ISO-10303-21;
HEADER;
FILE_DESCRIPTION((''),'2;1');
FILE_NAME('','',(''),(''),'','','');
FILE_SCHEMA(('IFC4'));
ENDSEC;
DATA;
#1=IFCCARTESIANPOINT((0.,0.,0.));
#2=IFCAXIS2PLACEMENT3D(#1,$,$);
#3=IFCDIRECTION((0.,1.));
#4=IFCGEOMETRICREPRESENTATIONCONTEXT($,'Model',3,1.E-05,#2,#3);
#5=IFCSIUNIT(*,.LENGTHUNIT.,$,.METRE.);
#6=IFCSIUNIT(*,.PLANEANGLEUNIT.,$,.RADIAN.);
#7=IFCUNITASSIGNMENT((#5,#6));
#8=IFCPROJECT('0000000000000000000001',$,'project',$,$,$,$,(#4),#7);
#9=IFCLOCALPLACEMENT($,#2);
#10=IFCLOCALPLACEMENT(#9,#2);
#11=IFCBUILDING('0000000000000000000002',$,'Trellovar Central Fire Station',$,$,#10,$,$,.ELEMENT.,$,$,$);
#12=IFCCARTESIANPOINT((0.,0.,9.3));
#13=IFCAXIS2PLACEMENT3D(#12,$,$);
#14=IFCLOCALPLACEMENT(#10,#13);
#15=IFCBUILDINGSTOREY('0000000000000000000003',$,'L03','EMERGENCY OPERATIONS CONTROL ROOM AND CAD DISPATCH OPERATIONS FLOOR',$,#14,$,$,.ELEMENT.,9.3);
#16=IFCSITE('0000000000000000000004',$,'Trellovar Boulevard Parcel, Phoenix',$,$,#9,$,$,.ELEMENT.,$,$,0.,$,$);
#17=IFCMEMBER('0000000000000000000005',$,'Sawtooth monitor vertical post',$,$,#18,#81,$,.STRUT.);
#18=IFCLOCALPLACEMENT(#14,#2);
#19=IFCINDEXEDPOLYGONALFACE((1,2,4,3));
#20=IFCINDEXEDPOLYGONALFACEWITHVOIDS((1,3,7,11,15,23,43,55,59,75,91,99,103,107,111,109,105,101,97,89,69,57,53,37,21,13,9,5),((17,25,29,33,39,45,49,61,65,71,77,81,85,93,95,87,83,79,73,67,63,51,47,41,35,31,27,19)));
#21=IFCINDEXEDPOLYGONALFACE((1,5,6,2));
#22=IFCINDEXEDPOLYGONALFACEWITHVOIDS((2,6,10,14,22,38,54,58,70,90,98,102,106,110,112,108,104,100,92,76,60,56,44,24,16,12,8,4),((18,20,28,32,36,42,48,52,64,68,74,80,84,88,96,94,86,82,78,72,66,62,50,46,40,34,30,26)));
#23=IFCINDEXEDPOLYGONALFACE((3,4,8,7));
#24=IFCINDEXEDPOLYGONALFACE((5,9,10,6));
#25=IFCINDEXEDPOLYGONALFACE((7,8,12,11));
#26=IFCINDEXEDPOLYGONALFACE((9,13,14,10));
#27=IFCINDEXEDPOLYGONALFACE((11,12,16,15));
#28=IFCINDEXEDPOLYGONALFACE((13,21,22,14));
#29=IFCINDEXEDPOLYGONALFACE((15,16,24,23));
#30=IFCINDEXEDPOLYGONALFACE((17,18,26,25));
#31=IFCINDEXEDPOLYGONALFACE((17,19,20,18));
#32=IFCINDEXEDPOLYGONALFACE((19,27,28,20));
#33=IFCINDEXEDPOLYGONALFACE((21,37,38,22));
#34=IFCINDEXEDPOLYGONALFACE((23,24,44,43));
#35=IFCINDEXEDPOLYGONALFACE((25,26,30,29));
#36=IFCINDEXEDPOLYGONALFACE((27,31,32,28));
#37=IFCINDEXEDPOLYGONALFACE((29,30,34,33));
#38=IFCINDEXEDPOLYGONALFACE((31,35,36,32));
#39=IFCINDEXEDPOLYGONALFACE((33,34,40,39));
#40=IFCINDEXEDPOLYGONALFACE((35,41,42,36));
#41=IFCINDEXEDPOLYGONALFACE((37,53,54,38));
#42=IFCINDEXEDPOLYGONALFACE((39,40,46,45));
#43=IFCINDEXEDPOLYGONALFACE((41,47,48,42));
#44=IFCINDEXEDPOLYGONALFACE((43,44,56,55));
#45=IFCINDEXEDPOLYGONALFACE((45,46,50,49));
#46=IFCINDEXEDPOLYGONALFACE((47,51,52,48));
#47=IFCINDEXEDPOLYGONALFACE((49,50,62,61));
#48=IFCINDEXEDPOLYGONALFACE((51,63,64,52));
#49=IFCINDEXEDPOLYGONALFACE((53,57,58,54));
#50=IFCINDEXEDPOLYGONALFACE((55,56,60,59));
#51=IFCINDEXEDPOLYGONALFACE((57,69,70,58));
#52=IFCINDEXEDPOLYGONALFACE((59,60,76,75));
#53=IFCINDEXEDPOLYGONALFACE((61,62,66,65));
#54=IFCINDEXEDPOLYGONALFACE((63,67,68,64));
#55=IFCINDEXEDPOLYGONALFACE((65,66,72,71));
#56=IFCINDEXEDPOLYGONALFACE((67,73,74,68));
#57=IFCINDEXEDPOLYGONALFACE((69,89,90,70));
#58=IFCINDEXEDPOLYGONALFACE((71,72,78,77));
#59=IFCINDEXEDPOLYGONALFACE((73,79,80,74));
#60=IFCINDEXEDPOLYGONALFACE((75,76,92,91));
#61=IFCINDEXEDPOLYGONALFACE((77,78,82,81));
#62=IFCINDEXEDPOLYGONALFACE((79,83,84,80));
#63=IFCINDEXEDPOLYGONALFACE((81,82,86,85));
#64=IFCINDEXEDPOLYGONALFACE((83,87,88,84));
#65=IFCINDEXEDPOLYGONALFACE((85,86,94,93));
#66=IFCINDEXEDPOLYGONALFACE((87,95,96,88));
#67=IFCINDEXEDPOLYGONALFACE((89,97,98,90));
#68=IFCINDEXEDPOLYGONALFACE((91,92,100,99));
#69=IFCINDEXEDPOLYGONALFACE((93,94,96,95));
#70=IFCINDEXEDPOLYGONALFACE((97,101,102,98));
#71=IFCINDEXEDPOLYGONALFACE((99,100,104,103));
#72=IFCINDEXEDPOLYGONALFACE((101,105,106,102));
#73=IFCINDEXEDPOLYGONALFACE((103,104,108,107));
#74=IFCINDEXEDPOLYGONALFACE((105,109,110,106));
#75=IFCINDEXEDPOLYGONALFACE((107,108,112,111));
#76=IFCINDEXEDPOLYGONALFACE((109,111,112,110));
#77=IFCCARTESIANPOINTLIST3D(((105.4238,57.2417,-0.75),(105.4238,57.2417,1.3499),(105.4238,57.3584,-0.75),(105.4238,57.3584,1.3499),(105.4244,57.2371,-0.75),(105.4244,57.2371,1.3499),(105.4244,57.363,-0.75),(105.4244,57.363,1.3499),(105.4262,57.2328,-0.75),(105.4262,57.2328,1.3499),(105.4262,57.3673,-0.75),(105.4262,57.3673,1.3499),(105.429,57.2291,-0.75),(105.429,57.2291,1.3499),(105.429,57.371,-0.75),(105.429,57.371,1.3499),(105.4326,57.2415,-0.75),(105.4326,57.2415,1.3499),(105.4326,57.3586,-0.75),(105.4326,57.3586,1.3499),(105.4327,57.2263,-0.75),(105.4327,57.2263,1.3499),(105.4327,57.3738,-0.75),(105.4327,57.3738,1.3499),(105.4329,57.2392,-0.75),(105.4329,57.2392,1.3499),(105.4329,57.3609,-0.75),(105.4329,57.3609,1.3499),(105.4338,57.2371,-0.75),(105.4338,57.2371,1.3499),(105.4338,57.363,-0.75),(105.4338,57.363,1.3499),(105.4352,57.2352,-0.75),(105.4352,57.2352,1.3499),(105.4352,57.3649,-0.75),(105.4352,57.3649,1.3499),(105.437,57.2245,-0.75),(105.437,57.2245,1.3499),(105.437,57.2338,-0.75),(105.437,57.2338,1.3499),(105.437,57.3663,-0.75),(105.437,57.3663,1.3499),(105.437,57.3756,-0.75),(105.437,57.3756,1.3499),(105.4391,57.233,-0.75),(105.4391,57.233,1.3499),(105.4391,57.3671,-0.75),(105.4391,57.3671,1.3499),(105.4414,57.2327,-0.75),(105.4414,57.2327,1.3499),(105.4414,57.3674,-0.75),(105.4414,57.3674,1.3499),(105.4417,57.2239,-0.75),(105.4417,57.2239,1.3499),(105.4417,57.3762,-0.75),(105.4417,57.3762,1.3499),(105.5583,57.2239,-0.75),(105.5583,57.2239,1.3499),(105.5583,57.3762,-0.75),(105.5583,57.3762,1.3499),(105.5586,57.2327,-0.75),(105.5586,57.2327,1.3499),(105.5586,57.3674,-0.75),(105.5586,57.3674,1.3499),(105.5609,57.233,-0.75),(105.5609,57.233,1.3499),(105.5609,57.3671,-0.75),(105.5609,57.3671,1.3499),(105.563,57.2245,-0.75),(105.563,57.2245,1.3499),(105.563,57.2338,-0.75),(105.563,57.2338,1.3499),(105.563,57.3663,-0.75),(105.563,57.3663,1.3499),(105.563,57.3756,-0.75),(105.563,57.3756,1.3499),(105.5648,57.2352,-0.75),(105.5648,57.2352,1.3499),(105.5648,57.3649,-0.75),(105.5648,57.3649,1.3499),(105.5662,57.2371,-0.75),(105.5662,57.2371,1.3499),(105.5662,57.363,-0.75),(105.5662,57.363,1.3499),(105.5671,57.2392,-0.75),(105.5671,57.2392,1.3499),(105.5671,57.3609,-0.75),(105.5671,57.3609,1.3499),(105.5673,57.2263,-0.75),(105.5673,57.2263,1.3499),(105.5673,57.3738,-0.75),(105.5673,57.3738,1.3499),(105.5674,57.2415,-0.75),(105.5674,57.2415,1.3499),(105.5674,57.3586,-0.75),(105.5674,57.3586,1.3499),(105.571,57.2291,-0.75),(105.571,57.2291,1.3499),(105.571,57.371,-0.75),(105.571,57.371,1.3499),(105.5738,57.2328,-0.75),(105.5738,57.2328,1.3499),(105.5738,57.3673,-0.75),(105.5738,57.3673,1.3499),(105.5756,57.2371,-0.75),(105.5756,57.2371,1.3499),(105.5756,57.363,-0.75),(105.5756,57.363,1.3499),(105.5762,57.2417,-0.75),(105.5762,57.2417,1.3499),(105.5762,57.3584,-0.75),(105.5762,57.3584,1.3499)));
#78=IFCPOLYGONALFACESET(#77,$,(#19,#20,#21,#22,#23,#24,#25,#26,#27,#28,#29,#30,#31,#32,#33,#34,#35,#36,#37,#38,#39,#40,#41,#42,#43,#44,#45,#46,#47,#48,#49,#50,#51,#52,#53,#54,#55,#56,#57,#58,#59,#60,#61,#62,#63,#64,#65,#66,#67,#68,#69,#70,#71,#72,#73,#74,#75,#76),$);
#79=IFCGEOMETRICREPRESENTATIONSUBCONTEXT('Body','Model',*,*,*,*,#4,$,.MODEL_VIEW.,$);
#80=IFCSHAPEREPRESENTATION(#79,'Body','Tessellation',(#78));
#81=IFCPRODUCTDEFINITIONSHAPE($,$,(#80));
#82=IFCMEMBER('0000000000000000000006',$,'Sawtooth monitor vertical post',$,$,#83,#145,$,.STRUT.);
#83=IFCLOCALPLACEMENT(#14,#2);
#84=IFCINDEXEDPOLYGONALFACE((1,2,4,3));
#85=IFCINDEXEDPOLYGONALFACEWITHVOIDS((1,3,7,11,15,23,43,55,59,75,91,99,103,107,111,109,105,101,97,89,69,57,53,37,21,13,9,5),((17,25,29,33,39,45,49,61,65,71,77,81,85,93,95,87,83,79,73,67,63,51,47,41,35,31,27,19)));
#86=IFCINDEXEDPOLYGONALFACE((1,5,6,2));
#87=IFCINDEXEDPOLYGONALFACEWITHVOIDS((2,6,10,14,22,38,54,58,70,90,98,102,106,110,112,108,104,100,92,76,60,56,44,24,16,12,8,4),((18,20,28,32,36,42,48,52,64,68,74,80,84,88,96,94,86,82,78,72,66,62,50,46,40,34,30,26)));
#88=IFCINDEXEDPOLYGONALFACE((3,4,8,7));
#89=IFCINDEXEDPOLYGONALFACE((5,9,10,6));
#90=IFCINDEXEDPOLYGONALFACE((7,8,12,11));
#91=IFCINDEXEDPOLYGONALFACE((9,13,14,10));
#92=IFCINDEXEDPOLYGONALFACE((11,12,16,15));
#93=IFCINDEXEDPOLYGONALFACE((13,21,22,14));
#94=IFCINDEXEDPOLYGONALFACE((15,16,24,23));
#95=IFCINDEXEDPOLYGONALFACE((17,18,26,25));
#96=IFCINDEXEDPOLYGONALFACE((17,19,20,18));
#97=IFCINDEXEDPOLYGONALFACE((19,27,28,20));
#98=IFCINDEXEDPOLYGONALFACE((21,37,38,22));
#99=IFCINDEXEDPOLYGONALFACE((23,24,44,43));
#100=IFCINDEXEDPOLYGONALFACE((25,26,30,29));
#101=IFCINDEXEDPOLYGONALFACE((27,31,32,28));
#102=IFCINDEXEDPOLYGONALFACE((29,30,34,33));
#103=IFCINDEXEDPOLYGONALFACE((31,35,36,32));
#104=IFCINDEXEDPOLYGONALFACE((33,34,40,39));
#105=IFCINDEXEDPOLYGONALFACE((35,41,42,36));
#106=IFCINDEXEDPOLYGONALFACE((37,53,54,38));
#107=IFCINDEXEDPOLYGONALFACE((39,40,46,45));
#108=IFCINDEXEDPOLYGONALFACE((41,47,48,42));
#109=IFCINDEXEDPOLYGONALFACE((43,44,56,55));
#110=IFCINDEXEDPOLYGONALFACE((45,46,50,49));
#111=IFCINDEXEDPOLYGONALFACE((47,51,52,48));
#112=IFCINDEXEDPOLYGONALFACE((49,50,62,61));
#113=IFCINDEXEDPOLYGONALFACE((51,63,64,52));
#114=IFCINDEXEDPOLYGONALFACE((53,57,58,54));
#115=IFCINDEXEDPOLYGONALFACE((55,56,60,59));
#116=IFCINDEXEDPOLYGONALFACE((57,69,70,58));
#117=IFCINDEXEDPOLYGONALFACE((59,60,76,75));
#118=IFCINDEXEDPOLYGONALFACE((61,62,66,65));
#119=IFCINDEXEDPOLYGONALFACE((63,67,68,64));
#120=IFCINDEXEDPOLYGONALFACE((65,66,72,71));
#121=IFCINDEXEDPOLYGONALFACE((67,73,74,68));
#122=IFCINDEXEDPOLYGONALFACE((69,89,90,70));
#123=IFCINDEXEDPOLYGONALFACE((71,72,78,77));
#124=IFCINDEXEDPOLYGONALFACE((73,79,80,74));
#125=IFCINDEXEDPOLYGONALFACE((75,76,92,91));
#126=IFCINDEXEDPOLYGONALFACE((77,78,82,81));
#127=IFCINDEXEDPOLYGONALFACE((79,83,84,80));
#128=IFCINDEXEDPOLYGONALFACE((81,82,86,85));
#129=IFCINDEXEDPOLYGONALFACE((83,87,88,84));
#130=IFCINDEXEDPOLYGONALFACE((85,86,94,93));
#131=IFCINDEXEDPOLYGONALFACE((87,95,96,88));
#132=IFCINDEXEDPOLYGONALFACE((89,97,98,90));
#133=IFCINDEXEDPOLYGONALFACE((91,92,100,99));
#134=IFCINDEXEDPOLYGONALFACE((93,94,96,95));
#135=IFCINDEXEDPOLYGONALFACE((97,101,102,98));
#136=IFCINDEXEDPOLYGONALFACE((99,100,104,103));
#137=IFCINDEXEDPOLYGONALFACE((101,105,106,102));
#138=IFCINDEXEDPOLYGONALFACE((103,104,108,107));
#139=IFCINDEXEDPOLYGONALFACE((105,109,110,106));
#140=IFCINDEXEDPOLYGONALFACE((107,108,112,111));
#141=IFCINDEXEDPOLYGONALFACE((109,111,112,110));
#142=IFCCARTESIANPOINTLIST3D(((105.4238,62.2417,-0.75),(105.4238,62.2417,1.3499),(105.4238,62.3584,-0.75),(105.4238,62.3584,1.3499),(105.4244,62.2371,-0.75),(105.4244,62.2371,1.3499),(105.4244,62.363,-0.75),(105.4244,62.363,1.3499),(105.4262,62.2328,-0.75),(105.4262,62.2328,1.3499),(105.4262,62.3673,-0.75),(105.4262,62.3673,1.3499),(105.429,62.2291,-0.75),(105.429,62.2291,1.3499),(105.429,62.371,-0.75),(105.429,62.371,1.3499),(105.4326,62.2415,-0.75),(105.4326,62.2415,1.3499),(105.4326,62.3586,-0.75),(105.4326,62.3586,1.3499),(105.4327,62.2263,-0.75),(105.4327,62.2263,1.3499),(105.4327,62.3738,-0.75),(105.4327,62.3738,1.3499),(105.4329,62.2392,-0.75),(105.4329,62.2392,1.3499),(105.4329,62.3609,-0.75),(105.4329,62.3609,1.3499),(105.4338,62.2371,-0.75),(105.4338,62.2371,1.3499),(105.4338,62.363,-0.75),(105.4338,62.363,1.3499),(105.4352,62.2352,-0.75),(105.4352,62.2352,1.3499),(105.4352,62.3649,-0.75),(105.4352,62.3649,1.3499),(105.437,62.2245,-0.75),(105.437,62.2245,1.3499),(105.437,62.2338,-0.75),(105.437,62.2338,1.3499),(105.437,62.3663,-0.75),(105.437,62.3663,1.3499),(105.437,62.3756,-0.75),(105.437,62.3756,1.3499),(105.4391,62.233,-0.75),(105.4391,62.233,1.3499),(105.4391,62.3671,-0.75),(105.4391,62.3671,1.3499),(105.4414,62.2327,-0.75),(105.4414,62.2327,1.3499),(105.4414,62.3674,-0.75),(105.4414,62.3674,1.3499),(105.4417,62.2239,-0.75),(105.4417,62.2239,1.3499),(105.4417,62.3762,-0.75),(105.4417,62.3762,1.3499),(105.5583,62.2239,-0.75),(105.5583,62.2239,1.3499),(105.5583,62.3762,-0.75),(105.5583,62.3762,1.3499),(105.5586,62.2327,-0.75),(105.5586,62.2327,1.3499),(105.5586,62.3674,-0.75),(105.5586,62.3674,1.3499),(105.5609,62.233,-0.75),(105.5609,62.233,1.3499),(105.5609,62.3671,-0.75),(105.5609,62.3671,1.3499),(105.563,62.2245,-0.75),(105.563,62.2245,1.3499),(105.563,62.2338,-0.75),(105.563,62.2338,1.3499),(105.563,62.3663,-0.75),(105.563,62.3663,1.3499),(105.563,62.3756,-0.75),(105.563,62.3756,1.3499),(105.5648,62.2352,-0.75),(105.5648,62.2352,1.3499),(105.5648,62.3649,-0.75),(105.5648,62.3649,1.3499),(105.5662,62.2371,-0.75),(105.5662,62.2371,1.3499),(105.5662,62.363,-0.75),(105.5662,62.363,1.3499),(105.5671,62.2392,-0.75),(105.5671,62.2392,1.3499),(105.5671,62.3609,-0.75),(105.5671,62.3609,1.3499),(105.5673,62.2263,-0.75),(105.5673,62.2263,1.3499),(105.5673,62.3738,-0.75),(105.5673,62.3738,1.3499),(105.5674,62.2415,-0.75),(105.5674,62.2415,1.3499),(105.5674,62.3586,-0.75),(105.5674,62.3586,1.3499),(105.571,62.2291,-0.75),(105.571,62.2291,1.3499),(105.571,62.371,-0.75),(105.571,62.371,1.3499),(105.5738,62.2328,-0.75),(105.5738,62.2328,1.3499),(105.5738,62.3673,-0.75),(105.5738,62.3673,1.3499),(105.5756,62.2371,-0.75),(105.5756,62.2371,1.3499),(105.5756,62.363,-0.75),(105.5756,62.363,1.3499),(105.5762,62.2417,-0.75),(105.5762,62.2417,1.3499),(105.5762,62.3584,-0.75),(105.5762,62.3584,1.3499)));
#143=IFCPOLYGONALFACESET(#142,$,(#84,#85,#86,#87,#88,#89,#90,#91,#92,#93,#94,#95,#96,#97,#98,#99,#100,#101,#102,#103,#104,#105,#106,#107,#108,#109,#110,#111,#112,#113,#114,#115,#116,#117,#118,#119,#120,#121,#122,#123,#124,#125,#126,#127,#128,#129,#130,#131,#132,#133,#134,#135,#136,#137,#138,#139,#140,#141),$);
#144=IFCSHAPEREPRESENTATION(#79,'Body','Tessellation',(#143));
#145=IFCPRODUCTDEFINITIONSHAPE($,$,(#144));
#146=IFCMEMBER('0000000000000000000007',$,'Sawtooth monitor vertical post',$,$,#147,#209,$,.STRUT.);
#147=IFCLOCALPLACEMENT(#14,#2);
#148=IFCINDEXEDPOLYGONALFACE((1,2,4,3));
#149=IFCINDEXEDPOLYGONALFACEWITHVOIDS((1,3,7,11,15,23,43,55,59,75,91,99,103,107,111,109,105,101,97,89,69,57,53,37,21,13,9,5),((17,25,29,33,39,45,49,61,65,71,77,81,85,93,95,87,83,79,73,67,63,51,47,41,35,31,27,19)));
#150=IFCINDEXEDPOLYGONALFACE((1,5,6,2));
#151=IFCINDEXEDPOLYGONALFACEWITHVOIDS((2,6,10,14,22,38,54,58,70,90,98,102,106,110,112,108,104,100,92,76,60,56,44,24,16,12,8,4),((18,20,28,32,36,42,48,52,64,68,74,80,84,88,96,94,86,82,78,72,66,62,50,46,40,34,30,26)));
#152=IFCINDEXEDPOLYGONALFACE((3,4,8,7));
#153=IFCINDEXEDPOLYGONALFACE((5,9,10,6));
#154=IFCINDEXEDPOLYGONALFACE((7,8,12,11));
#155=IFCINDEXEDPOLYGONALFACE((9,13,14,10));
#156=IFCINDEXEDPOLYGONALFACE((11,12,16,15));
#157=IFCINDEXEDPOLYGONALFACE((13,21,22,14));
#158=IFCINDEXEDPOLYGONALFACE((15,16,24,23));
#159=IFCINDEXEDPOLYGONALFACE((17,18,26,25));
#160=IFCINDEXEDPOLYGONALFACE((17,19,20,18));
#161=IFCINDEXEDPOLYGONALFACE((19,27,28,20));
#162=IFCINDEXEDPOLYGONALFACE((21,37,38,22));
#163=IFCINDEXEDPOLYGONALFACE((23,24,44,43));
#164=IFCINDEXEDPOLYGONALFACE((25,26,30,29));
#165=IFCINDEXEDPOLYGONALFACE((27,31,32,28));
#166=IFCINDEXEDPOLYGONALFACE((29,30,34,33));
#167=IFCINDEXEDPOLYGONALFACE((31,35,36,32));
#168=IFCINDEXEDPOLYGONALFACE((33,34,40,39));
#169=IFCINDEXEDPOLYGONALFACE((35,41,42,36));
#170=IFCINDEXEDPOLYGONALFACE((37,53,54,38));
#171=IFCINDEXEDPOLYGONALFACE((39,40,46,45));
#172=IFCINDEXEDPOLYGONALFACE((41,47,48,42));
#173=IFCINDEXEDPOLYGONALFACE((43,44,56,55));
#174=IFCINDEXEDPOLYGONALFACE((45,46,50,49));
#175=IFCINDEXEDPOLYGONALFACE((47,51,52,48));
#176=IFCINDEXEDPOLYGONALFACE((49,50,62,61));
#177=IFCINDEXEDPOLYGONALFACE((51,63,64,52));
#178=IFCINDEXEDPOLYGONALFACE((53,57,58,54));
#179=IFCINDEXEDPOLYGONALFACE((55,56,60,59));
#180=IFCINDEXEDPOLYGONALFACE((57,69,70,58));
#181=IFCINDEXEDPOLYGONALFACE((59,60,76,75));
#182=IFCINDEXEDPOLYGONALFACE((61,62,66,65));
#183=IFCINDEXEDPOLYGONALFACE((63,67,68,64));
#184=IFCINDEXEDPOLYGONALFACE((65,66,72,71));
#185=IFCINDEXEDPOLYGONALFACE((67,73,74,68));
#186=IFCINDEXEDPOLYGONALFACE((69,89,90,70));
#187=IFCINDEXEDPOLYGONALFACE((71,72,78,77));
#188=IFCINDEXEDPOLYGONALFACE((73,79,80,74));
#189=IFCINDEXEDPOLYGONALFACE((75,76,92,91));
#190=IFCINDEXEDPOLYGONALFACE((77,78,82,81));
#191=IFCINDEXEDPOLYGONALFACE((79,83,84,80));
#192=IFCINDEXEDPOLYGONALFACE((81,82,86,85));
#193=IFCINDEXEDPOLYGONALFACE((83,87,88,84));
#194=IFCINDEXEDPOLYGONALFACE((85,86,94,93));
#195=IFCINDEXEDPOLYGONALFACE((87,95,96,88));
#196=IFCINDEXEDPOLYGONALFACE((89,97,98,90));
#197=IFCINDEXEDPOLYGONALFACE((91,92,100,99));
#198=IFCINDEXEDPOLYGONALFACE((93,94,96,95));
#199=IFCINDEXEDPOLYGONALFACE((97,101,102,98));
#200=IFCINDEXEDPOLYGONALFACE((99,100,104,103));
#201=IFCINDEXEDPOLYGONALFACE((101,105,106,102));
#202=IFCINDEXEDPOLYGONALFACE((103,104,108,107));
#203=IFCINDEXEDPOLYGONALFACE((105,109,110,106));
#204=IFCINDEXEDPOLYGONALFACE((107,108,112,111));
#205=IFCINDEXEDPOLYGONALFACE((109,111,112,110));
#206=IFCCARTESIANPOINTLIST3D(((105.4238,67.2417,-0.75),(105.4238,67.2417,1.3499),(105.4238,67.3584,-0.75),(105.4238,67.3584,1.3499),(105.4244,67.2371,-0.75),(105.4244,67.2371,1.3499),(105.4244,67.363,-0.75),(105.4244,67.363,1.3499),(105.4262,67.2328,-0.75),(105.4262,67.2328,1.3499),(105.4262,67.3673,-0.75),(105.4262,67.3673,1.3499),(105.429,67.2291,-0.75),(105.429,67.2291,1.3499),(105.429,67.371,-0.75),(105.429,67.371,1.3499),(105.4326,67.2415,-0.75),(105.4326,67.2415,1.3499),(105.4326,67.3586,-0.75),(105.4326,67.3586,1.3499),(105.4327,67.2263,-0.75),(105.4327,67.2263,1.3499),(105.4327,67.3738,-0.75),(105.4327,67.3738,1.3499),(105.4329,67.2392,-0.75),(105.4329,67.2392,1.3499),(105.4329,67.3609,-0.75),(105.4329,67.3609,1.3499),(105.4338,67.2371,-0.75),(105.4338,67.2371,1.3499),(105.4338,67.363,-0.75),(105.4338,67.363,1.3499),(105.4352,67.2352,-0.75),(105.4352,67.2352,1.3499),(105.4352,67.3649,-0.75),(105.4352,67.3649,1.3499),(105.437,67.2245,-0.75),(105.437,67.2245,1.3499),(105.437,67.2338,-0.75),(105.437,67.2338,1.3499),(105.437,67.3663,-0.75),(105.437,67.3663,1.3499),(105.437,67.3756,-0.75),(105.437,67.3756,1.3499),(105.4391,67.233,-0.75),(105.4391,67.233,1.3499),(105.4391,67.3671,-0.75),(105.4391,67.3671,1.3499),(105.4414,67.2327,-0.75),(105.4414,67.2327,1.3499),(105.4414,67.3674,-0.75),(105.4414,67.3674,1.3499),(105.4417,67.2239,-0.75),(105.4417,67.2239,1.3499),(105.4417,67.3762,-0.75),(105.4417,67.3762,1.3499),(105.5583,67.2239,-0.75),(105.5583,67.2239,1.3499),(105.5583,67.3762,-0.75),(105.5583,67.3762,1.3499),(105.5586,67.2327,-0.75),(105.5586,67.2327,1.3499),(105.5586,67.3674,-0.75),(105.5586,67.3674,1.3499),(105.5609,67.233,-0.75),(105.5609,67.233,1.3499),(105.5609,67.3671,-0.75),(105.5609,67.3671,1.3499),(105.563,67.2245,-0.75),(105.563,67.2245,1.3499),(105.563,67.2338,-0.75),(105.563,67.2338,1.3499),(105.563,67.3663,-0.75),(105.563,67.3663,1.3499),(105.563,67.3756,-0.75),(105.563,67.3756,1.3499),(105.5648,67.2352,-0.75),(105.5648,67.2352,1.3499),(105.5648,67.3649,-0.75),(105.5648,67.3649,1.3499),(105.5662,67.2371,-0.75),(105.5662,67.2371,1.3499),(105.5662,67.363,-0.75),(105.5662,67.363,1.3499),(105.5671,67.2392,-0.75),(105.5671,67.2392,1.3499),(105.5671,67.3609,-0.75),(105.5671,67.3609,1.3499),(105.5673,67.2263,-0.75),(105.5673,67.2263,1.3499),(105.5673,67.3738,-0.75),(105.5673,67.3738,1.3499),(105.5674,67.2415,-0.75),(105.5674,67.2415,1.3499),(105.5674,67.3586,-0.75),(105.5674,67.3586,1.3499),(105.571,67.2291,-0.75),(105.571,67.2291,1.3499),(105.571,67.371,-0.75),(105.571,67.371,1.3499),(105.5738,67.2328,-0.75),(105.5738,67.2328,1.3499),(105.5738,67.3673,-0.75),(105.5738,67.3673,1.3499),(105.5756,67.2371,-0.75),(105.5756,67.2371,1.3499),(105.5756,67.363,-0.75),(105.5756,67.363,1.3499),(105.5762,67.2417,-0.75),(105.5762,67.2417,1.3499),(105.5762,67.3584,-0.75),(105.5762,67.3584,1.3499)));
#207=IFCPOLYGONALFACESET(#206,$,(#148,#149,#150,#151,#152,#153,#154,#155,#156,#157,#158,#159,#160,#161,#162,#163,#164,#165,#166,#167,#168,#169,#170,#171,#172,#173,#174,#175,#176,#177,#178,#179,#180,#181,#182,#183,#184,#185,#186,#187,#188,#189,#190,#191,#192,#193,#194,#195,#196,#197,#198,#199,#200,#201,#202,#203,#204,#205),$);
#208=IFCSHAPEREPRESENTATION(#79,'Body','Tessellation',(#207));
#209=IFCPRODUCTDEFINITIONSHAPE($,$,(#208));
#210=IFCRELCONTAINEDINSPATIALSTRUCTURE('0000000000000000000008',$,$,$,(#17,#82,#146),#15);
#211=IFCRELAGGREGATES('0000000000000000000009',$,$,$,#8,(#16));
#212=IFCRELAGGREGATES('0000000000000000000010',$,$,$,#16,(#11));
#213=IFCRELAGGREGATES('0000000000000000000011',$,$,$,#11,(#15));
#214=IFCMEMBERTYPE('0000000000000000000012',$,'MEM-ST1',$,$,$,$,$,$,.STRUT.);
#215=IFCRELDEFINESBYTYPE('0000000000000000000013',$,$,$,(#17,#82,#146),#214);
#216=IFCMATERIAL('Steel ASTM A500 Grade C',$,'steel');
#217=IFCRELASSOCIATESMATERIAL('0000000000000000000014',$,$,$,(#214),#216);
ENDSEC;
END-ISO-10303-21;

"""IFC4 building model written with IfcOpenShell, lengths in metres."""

from ifc_helpers import new_model, si_unit, direction, frame, origin, origin_2d, place, context, subcontext, project, spatial, hollow_rectangle, extrude, material, material_profile, profile_set, type_object, element, save


model = new_model("IFC4")

# Units and contexts
model_context = context("Model", 3, precision=1e-05, world=origin(), true_north=direction((0.0, 1.0)))
body_context = subcontext(model_context, "Body", "Model", "MODEL_VIEW")
ifc_project = project(units=[si_unit("LENGTHUNIT", "METRE"), si_unit("PLANEANGLEUNIT", "RADIAN")], contexts=[model_context])

# Site, building, storey
site_placement = place(None, origin())
site = spatial("IfcSite", under=ifc_project, at=site_placement, Name="Trellovar Boulevard Parcel, Phoenix", CompositionType="ELEMENT", RefElevation=0.0)
building_placement = place(site_placement, origin())
building = spatial("IfcBuilding", under=site, at=building_placement, Name="Trellovar Central Fire Station", CompositionType="ELEMENT")
storey_placement = place(building_placement, frame((0.0, 0.0, 9.3)))
storey = spatial("IfcBuildingStorey", under=building, at=storey_placement, Name="L03", Description="EMERGENCY OPERATIONS CONTROL ROOM AND CAD DISPATCH OPERATIONS FLOOR", CompositionType="ELEMENT", Elevation=9.3)

# Members
ifc_material_1 = material(Name="Steel ASTM A500 Grade C", Category="steel")
ifc_material_profile_1 = material_profile(ifc_material_1, hollow_rectangle(XDim=0.1523, YDim=0.1523, WallThickness=0.0088, InnerFilletRadius=0.0088, OuterFilletRadius=0.0178, at=origin_2d()), Name="HSS6X6X3/8")
ifc_profile_set_1 = profile_set([ifc_material_profile_1], Name="Steel ASTM A500 Grade C")
member_type_1 = type_object("IfcMemberType", Name="MEM-ST1", PredefinedType="STRUT", material=ifc_profile_set_1)
for number, where, z_axis, x_axis, name in (
    (1, (105.5, 57.3, -0.75), (0.0, 0.0, 1.0), (1.0, 0.0, 0.0), "Sawtooth monitor vertical post"),
    (2, (105.5, 62.3, -0.75), (0.0, 0.0, 1.0), (1.0, 0.0, 0.0), "Sawtooth monitor vertical post"),
    (3, (105.5, 67.3, -0.75), (0.0, 0.0, 1.0), (1.0, 0.0, 0.0), "Sawtooth monitor vertical post"),
):
    element("IfcMember", number, at=place(storey_placement, frame(where, z_axis=z_axis, x_axis=x_axis)), inside=storey, type_object=member_type_1, Name=name, PredefinedType="STRUT", context=body_context, shape_type="SweptSolid", body=[
        extrude(hollow_rectangle(XDim=0.1523, YDim=0.1523, WallThickness=0.0088, InnerFilletRadius=0.0088, OuterFilletRadius=0.0178, at=origin_2d()), origin(), (0.0, 0.0, 1.0), 2.0999),
    ])

save(model, "model.ifc")
